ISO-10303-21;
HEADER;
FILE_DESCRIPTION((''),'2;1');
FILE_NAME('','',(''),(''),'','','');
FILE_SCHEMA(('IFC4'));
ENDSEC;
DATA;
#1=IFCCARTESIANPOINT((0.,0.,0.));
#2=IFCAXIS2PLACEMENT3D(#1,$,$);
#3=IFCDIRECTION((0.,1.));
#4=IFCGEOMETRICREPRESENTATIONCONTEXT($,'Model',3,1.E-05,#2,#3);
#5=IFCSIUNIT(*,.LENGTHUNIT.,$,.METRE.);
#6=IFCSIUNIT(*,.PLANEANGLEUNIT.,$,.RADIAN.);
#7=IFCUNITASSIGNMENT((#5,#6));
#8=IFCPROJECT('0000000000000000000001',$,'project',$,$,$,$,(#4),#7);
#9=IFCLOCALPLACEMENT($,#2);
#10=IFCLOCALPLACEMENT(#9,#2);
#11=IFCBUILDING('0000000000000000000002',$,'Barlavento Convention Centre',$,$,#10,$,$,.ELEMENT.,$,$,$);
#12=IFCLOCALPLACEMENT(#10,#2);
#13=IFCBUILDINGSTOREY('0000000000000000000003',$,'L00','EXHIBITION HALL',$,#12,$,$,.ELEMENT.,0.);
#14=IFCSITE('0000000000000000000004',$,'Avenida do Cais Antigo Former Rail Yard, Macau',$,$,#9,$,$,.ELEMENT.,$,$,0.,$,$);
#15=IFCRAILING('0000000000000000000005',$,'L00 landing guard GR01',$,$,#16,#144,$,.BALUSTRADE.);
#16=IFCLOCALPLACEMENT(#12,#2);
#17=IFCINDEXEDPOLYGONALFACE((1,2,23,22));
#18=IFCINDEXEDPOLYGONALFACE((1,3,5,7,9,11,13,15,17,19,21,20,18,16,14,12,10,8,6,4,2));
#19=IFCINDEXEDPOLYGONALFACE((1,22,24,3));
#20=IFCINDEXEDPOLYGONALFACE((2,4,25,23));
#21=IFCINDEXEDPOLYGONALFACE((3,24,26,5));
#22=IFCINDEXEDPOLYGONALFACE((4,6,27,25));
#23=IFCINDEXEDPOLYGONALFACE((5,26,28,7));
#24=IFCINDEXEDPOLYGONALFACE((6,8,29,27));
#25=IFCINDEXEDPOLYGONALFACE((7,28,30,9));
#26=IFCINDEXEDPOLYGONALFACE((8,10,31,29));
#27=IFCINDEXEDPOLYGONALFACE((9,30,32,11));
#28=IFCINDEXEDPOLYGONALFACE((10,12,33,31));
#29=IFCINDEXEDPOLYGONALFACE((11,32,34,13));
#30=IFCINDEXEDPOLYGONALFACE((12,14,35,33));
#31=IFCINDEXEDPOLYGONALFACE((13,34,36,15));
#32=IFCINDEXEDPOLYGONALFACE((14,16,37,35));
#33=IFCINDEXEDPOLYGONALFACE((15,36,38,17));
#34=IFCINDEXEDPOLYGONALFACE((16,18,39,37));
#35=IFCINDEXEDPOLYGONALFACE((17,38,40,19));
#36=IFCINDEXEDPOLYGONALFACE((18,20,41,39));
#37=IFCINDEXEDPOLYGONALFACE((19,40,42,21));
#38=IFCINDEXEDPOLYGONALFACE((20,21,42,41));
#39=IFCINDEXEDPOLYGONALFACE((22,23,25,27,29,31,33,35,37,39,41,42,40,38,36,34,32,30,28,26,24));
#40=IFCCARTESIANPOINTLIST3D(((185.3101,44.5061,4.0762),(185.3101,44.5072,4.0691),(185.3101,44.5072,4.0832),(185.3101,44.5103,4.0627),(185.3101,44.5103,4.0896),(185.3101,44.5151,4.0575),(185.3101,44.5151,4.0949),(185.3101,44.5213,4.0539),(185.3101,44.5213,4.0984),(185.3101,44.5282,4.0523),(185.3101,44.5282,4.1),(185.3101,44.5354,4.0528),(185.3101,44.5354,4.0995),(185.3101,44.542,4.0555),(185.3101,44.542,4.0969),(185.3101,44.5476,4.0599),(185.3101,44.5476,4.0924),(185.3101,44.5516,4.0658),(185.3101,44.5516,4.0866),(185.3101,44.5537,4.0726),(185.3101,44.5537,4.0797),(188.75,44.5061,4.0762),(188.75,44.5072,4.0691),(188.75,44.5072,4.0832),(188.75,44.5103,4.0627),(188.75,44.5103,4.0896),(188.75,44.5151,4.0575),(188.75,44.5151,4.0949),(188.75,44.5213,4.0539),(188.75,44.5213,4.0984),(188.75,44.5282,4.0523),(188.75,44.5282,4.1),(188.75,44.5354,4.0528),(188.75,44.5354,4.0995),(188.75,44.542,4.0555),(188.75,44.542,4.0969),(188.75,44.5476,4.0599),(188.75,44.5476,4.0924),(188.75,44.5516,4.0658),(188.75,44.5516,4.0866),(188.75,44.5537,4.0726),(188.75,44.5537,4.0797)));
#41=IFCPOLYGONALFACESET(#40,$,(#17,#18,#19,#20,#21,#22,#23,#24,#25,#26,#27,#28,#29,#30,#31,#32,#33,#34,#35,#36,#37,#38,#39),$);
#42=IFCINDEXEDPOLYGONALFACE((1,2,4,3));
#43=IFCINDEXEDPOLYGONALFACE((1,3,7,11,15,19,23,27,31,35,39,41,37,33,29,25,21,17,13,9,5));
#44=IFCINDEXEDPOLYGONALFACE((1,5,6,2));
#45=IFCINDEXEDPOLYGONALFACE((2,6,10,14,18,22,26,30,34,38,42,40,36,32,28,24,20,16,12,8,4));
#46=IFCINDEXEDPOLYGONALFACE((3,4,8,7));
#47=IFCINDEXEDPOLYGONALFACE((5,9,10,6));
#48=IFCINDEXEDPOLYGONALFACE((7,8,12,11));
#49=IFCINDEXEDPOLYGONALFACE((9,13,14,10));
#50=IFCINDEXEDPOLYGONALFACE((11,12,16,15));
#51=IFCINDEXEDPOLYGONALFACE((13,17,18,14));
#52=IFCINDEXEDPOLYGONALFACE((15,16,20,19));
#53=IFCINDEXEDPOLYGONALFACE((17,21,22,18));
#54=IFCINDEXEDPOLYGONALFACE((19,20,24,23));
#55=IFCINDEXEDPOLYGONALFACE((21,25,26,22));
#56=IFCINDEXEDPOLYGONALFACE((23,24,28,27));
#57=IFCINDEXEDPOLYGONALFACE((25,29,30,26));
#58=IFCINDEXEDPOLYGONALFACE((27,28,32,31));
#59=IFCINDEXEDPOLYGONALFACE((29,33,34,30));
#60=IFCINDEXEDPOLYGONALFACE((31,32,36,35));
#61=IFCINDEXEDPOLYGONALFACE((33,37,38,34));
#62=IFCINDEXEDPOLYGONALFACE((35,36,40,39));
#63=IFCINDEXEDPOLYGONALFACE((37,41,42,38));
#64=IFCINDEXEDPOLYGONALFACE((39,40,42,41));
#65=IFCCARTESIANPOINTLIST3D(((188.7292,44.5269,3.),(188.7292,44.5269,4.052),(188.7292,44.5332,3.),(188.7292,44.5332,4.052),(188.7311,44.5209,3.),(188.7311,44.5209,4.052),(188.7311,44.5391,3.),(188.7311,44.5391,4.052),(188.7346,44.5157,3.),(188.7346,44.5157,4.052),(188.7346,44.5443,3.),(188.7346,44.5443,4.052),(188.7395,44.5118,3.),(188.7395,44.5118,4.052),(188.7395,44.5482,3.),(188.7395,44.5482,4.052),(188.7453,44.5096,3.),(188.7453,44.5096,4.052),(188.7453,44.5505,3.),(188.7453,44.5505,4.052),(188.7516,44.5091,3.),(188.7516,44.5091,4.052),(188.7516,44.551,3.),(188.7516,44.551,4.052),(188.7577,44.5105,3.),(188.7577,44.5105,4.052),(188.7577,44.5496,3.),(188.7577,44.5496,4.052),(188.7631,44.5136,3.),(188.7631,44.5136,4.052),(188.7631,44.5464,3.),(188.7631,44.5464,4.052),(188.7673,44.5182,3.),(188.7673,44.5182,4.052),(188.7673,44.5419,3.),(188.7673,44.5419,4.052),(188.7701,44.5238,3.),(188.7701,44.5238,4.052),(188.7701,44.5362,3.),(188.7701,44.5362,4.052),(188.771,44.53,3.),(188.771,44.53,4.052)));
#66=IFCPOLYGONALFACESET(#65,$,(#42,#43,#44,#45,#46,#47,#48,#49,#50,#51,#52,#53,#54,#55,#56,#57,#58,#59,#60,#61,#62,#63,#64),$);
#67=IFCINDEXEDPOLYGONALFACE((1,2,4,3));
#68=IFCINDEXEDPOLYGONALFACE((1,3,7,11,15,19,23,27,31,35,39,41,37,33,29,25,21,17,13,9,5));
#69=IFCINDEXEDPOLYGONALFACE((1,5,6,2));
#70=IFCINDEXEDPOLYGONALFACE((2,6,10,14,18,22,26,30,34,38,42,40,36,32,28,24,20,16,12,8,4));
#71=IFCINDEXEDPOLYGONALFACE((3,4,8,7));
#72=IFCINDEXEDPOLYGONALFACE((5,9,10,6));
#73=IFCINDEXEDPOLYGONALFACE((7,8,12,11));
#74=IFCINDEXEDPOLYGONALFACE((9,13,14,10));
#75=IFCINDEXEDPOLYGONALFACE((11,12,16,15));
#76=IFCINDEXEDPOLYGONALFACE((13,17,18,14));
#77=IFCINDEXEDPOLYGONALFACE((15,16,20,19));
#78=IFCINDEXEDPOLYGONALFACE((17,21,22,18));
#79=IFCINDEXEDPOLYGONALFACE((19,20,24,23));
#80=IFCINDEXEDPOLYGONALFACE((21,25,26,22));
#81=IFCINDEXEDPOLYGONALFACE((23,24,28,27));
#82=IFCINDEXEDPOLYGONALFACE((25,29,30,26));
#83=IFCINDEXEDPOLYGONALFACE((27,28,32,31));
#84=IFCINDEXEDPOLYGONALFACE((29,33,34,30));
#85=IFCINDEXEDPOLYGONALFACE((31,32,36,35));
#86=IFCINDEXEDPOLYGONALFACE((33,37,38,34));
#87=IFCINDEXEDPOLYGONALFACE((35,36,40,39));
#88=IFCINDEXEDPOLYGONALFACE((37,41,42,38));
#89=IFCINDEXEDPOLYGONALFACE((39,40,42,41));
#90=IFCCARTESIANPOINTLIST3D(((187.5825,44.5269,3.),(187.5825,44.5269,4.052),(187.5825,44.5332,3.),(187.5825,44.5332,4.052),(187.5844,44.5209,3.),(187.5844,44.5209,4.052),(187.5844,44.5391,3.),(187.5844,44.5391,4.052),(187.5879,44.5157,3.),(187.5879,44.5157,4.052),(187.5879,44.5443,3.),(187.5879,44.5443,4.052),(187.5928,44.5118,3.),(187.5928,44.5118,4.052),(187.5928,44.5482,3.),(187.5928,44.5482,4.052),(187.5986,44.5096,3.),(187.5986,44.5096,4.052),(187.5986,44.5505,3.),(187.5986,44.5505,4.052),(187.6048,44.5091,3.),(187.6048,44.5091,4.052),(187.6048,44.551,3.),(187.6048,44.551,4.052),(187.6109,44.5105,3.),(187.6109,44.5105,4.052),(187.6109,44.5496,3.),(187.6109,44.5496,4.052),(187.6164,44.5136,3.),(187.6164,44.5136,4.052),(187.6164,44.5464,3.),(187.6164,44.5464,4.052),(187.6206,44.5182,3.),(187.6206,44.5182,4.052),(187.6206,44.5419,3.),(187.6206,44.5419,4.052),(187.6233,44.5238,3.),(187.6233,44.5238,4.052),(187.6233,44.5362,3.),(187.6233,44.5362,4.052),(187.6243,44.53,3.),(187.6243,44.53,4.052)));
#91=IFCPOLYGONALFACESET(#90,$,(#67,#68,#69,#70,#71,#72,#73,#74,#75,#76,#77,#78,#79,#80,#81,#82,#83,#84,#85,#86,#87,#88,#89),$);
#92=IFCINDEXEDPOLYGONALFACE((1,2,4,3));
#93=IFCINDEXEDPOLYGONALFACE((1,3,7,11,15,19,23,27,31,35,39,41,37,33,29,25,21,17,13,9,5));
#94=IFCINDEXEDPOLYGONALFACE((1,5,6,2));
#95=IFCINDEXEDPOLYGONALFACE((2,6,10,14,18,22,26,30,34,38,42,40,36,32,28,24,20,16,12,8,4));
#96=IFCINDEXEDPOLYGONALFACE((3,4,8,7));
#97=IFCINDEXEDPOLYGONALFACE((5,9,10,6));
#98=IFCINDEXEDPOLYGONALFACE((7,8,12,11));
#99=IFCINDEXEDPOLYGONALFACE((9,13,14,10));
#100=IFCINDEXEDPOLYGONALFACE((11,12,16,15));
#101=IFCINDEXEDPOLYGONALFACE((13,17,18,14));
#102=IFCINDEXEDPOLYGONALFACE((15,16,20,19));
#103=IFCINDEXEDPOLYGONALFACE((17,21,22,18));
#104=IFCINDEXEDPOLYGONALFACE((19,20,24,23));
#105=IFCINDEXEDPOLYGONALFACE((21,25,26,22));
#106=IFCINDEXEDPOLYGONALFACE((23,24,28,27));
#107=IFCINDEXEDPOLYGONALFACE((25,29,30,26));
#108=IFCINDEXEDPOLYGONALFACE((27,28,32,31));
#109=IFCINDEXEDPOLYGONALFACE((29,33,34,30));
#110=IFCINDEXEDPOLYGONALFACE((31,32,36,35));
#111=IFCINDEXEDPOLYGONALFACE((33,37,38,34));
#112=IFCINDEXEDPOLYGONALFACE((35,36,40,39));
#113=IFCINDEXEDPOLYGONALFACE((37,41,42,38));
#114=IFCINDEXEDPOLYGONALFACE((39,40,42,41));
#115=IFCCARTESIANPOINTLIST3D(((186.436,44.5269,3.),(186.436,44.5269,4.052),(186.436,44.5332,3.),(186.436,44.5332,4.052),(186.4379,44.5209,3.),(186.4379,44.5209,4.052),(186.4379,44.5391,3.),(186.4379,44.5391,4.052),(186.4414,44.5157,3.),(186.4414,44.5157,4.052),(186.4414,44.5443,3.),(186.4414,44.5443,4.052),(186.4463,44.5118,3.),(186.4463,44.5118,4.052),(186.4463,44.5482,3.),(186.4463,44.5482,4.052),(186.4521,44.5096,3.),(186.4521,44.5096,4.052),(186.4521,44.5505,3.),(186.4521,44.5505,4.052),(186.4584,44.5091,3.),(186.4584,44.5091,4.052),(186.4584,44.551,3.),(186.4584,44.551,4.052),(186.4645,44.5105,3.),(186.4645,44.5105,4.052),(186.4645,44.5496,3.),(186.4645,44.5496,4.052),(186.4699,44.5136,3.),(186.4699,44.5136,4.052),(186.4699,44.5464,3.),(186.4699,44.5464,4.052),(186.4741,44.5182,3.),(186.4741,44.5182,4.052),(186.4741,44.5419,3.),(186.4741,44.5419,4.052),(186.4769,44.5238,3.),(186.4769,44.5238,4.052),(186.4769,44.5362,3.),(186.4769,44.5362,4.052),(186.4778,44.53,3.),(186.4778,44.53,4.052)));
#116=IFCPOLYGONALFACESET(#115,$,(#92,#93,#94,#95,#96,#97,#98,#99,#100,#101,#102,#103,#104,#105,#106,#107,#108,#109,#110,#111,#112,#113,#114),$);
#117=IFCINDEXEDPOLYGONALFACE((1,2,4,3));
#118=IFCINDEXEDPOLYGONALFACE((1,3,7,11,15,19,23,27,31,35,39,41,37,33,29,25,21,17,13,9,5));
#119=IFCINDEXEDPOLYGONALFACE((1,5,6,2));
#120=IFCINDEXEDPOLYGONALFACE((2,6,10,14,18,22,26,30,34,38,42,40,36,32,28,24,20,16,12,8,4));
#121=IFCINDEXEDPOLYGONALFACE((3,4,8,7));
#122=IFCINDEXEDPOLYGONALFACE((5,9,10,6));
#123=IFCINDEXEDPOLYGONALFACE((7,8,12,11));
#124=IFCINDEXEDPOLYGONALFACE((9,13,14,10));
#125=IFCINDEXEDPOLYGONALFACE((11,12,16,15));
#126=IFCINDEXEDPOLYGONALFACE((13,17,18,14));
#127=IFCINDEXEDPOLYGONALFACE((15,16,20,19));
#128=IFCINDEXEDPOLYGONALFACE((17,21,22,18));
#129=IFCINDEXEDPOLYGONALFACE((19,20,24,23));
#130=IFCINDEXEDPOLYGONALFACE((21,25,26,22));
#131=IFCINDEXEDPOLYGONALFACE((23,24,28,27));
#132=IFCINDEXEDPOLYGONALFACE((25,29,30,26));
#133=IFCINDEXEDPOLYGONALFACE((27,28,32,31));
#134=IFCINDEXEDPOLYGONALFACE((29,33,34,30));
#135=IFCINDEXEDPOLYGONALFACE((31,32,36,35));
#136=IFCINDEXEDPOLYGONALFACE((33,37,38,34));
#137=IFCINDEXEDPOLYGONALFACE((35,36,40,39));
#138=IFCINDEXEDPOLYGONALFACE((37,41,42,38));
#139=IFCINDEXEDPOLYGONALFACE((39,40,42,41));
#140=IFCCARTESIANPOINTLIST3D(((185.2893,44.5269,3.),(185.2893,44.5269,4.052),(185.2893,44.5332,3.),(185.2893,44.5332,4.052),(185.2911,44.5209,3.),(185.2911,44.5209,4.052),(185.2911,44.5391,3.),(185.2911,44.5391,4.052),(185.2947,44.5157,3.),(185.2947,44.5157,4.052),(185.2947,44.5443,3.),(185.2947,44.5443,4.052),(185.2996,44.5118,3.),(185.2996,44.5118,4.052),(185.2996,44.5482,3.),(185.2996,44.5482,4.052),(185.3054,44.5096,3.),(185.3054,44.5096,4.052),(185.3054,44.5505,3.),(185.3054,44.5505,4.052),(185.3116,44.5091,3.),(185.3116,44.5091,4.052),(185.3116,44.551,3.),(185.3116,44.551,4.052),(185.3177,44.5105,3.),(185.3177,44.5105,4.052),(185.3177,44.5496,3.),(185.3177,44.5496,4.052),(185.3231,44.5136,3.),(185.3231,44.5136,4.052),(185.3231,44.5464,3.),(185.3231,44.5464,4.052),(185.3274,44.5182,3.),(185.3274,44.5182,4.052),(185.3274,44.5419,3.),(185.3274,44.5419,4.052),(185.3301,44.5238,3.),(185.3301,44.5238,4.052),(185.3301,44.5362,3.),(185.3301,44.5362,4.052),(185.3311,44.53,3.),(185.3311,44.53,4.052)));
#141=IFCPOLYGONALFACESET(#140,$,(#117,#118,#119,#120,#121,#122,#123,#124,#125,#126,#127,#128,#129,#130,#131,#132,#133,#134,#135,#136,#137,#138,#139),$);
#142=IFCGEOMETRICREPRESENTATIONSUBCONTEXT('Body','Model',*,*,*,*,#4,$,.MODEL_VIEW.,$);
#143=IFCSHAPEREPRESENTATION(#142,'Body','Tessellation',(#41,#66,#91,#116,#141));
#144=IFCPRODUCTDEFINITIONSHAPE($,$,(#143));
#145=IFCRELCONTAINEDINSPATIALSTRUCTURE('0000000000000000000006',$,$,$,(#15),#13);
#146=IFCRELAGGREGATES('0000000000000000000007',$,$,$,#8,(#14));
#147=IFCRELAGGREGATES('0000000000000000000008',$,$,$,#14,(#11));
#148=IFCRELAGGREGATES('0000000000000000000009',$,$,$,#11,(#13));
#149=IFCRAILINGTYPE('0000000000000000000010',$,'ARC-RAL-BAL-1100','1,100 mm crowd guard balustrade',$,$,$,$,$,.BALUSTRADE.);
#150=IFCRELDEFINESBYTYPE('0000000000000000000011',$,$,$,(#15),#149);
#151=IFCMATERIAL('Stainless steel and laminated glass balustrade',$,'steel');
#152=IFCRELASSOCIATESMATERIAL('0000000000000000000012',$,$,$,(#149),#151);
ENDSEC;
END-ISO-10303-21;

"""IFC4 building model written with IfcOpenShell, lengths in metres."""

from ifc_helpers import new_model, si_unit, direction, frame, origin, origin_2d, place, context, subcontext, project, spatial, circle, extrude, material, type_object, element, save


model = new_model("IFC4")

# Units and contexts
model_context = context("Model", 3, precision=1e-05, world=origin(), true_north=direction((0.0, 1.0)))
body_context = subcontext(model_context, "Body", "Model", "MODEL_VIEW")
ifc_project = project(units=[si_unit("LENGTHUNIT", "METRE"), si_unit("PLANEANGLEUNIT", "RADIAN")], contexts=[model_context])

# Site, building, storey
site_placement = place(None, origin())
site = spatial("IfcSite", under=ifc_project, at=site_placement, Name="Avenida do Cais Antigo Former Rail Yard, Macau", CompositionType="ELEMENT", RefElevation=0.0)
building_placement = place(site_placement, origin())
building = spatial("IfcBuilding", under=site, at=building_placement, Name="Barlavento Convention Centre", CompositionType="ELEMENT")
storey_placement = place(building_placement, origin())
storey = spatial("IfcBuildingStorey", under=building, at=storey_placement, Name="L00", Description="EXHIBITION HALL", CompositionType="ELEMENT", Elevation=0.0)

# Railing
ifc_material_1 = material(Name="Stainless steel and laminated glass balustrade", Category="steel")
railing_type_1 = type_object("IfcRailingType", Name="ARC-RAL-BAL-1100", Description="1,100 mm crowd guard balustrade", PredefinedType="BALUSTRADE", material=ifc_material_1)
railing_1_placement = place(storey_placement, frame((188.75, 44.53, 3.0)))
element("IfcRailing", 1, at=railing_1_placement, inside=storey, type_object=railing_type_1, Name="L00 landing guard GR01", PredefinedType="BALUSTRADE", context=body_context, shape_type="SweptSolid", body=[
    extrude(circle(Radius=0.0239, at=origin_2d()), frame((0.0, 0.0, 1.0762), z_axis=(-1.0, 0.0, 0.0), x_axis=(0.0, -1.0, 0.0)), (0.0, 0.0, 1.0), 3.4399),
    extrude(circle(Radius=0.021, at=origin_2d()), origin(), (0.0, 0.0, 1.0), 1.052),
    extrude(circle(Radius=0.021, at=origin_2d()), frame((-1.1467, 0.0, 0.0)), (0.0, 0.0, 1.0), 1.052),
    extrude(circle(Radius=0.021, at=origin_2d()), frame((-2.2932, 0.0, 0.0)), (0.0, 0.0, 1.0), 1.052),
    extrude(circle(Radius=0.021, at=origin_2d()), frame((-3.4399, 0.0, 0.0)), (0.0, 0.0, 1.0), 1.052),
])

save(model, "model.ifc")
